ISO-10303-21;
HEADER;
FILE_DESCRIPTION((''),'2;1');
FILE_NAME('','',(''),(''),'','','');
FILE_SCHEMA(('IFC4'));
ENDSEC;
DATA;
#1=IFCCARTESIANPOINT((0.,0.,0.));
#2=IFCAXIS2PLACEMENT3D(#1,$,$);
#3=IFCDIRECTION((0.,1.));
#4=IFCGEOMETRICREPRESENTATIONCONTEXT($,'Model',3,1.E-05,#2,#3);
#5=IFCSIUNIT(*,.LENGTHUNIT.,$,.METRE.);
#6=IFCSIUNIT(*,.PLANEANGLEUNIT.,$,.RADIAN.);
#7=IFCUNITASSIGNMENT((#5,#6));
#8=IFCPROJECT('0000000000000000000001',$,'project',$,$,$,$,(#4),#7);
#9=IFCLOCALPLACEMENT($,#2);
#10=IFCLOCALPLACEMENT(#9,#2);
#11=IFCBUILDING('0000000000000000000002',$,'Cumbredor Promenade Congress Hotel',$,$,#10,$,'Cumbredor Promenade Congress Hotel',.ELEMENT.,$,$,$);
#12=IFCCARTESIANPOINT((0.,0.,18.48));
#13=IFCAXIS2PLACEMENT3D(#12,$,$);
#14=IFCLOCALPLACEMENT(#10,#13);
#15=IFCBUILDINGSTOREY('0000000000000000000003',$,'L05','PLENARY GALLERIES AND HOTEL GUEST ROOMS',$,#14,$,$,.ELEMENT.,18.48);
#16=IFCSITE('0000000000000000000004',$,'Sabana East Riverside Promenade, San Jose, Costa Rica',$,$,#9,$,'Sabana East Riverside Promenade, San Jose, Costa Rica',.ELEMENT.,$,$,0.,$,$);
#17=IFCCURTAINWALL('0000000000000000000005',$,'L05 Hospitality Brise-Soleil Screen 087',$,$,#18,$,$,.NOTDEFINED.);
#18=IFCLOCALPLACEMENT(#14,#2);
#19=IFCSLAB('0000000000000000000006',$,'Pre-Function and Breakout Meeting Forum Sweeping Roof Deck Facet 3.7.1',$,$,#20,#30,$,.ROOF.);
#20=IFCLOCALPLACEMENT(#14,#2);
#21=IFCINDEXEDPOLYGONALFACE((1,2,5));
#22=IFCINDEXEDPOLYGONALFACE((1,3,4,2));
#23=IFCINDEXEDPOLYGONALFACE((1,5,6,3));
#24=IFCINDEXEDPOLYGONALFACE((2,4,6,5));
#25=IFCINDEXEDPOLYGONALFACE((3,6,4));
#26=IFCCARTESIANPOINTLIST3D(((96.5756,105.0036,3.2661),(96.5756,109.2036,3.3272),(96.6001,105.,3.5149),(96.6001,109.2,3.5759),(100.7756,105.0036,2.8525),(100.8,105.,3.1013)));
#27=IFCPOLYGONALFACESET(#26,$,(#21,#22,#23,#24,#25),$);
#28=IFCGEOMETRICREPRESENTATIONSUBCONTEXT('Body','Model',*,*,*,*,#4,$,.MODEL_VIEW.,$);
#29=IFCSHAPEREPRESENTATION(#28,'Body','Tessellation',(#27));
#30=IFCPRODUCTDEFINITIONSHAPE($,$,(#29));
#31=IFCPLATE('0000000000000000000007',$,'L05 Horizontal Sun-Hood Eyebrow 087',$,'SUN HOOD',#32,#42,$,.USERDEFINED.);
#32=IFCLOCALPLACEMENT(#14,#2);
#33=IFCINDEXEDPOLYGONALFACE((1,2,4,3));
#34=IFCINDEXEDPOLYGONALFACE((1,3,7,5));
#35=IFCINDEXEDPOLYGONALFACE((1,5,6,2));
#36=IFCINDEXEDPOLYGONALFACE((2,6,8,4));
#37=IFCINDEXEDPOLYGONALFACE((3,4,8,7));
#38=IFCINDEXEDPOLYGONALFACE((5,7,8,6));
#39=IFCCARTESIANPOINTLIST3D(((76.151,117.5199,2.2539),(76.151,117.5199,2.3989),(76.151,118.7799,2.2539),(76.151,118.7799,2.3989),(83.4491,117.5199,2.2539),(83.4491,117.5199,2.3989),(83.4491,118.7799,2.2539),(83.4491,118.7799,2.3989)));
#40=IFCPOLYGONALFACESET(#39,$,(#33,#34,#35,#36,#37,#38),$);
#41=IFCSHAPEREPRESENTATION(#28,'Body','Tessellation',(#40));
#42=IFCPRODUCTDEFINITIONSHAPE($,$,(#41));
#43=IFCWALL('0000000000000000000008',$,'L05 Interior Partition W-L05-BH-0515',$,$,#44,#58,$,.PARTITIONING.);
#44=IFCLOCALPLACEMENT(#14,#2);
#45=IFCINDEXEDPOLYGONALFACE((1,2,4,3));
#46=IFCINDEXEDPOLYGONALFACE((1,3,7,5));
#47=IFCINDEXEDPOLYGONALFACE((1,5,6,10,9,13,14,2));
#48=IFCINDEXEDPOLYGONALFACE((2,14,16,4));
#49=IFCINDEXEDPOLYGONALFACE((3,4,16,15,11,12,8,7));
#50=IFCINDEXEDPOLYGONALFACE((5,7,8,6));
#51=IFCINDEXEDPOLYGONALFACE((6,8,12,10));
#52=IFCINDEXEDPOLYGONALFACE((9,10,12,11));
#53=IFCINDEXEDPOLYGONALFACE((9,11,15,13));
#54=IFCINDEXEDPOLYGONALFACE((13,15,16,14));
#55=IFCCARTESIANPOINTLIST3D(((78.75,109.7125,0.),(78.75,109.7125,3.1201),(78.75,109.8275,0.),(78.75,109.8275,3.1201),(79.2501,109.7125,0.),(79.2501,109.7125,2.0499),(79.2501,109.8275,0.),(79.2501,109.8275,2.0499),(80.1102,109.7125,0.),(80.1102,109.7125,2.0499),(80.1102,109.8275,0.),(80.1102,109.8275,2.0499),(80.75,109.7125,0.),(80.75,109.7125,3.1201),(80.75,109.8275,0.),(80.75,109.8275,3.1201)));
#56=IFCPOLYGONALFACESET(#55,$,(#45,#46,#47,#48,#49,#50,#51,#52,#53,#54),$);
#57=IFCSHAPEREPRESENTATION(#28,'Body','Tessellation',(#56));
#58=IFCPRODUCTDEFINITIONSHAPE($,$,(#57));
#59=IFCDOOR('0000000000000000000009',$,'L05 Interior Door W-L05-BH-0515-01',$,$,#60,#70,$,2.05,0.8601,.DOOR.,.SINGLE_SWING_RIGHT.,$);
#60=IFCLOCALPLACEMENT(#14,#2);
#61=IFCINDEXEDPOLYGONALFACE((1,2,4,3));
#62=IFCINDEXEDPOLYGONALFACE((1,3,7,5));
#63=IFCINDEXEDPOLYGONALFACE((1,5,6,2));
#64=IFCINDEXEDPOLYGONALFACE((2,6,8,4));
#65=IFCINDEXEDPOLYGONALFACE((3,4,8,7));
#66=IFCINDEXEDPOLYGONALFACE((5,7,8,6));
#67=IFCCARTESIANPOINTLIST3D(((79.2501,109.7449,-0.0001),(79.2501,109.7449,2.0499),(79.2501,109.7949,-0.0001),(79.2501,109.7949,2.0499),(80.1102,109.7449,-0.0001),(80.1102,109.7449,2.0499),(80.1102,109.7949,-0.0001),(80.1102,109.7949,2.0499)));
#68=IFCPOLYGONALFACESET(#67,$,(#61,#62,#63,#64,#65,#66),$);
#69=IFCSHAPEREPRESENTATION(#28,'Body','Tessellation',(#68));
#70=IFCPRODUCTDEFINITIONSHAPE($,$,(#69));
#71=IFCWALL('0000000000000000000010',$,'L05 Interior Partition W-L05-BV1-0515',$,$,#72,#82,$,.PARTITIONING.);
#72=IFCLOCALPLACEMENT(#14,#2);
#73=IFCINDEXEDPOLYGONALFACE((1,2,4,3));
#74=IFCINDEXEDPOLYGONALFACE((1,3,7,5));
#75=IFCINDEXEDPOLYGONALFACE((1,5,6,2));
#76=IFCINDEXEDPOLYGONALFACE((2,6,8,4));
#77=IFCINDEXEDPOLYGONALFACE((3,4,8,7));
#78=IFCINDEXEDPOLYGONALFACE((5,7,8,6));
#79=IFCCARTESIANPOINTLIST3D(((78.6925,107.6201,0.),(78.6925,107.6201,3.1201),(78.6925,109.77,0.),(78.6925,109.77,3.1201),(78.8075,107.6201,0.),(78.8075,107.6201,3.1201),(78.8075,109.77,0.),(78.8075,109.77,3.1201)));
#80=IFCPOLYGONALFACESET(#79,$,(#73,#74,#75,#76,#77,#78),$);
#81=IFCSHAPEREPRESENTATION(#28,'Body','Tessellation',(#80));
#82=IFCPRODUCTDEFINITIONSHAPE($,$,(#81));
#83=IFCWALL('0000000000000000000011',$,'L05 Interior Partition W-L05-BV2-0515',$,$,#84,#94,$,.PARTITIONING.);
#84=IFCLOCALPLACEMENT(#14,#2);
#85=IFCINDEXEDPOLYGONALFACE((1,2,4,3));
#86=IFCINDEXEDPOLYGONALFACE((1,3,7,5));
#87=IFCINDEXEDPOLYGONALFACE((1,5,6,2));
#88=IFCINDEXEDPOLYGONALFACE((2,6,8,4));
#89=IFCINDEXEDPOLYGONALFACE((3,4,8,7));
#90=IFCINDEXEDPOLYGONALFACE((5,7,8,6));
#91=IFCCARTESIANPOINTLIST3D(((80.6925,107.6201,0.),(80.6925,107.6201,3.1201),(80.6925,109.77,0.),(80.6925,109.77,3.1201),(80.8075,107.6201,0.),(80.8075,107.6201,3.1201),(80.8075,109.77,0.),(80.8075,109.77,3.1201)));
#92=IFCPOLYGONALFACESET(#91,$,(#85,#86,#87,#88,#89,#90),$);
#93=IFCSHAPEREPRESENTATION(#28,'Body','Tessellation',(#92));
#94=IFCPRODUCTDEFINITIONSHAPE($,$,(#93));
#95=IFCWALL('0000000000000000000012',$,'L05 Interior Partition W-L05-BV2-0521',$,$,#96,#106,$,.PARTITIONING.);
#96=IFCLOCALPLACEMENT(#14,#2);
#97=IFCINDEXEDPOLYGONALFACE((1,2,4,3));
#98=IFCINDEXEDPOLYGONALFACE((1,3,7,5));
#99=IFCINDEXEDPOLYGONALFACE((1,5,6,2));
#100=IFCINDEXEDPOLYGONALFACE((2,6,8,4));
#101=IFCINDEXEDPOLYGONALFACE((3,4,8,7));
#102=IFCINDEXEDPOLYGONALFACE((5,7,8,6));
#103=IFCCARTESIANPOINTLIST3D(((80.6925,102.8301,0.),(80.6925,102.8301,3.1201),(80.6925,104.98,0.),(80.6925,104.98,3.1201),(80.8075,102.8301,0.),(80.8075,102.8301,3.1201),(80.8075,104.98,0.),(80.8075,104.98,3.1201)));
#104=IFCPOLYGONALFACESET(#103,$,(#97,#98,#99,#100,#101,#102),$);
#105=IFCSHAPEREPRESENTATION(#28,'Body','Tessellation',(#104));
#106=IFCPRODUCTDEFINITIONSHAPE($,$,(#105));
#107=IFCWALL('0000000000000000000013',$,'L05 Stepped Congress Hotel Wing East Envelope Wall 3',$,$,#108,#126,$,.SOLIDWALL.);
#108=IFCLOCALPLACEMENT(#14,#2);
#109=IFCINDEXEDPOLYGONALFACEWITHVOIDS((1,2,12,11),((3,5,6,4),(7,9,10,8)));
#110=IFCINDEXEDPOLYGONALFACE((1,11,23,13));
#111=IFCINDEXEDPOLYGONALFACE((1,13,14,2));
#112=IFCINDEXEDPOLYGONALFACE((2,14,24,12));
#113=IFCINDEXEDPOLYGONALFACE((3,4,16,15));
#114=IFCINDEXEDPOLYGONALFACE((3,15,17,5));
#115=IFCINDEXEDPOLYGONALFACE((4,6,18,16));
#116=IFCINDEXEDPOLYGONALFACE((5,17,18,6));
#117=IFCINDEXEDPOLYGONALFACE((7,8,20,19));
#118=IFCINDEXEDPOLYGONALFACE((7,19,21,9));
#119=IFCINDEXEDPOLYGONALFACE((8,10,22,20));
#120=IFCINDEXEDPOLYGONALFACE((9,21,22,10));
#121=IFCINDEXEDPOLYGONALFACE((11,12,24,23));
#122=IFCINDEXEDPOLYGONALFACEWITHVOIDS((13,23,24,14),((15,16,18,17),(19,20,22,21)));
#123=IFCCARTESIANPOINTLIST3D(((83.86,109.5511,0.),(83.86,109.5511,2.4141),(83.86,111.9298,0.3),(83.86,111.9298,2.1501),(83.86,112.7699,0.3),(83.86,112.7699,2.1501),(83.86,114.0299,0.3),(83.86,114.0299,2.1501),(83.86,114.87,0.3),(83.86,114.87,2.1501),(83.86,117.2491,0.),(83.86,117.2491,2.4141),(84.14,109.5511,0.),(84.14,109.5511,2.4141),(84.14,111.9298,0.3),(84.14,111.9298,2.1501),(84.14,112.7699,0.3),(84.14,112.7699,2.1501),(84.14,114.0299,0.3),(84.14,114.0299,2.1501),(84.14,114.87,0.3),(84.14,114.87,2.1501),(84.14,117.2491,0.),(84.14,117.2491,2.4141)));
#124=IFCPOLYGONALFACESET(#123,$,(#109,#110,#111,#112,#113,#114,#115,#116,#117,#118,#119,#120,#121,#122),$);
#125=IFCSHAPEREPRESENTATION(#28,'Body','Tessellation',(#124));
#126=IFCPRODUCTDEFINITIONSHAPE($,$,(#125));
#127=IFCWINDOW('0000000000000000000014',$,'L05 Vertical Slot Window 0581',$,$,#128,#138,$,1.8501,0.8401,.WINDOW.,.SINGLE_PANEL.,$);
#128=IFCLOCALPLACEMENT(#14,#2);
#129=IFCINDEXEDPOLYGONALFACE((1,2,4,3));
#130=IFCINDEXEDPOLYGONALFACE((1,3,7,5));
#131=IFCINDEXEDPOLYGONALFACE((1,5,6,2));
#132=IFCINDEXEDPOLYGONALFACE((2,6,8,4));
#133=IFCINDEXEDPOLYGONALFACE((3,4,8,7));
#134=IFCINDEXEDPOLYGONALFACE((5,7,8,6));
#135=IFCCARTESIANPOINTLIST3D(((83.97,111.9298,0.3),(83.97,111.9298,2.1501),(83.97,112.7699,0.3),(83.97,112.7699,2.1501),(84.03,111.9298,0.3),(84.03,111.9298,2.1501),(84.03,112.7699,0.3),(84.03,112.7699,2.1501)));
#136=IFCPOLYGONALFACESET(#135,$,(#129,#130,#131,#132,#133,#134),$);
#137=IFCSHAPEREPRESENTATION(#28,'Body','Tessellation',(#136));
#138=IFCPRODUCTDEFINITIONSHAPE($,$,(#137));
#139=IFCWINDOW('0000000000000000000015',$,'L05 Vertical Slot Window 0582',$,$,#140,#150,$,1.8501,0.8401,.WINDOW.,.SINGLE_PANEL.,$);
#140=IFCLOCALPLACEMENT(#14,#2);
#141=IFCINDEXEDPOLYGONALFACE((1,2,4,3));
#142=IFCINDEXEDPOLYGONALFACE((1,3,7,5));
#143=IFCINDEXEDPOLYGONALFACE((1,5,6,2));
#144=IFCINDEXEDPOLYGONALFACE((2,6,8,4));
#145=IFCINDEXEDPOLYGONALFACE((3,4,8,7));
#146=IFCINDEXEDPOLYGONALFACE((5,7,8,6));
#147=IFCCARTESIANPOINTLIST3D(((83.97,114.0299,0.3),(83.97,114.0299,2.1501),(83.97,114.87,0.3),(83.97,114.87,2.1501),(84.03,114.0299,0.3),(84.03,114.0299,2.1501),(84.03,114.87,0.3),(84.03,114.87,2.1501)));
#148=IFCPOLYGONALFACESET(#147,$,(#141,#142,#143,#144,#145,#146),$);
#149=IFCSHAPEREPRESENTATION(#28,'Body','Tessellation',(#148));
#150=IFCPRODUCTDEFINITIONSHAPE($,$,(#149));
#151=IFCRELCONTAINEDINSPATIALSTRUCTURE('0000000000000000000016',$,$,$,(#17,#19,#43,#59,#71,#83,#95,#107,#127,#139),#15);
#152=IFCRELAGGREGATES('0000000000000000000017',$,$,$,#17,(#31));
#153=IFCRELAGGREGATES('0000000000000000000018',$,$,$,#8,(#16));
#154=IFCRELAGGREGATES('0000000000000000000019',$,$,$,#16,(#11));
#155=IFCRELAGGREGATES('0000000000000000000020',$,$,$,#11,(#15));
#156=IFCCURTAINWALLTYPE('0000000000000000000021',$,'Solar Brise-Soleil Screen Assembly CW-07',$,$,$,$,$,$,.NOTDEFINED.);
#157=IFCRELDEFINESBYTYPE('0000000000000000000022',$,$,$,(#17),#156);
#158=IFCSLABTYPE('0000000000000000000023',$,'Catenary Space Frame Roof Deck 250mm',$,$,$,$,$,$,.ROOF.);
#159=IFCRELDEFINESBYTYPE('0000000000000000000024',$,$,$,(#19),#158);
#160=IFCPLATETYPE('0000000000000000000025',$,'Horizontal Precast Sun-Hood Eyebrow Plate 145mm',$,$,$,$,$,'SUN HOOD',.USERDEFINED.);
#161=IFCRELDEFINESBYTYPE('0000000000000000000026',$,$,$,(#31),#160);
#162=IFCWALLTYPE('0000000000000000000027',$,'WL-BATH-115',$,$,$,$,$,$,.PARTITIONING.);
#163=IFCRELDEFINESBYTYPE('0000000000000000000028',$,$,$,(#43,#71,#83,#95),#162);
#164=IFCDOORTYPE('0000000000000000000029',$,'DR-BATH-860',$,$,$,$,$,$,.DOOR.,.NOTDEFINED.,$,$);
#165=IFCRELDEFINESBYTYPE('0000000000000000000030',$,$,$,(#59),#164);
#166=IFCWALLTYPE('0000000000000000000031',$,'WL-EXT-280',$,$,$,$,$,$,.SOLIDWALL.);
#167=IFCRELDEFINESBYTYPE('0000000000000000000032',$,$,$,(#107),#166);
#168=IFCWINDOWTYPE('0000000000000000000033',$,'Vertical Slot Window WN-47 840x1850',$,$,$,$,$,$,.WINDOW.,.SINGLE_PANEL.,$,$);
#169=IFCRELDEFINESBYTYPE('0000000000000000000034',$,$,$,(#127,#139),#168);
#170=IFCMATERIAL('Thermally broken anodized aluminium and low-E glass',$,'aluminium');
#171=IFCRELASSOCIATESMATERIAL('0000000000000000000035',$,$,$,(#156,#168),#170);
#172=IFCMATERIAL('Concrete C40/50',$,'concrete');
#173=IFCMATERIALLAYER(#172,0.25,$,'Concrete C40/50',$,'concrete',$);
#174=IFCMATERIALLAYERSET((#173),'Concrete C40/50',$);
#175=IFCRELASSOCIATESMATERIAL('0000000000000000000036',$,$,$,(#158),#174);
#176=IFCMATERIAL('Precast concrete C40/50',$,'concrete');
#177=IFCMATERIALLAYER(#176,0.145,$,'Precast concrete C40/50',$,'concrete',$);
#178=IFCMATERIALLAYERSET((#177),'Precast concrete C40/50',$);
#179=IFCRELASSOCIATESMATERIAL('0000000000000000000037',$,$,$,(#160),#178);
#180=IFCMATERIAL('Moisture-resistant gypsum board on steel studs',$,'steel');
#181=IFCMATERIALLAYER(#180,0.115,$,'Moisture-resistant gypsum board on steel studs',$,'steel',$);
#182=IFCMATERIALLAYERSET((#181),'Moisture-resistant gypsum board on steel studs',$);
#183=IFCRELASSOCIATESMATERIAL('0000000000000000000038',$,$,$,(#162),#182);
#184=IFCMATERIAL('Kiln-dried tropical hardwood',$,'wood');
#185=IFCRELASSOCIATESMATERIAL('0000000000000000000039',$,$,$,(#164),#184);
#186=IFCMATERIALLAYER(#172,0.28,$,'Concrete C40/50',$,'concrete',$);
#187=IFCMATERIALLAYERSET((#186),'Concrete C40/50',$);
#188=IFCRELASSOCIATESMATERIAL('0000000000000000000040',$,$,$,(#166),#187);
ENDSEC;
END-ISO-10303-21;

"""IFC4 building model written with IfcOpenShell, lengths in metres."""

from ifc_helpers import new_model, si_unit, direction, frame, frame_2d, origin, origin_2d, place, context, subcontext, project, spatial, polyline, rectangle, outline, extrude, material, layer, layer_set, type_object, element, fill, aggregate, save


model = new_model("IFC4")

# Units and contexts
model_context = context("Model", 3, precision=1e-05, world=origin(), true_north=direction((0.0, 1.0)))
body_context = subcontext(model_context, "Body", "Model", "MODEL_VIEW")
ifc_project = project(units=[si_unit("LENGTHUNIT", "METRE"), si_unit("PLANEANGLEUNIT", "RADIAN")], contexts=[model_context])

# Site, building, storey
site_placement = place(None, origin())
site = spatial("IfcSite", under=ifc_project, at=site_placement, Name="Sabana East Riverside Promenade, San Jose, Costa Rica", LongName="Sabana East Riverside Promenade, San Jose, Costa Rica", CompositionType="ELEMENT", RefElevation=0.0)
building_placement = place(site_placement, origin())
building = spatial("IfcBuilding", under=site, at=building_placement, Name="Cumbredor Promenade Congress Hotel", LongName="Cumbredor Promenade Congress Hotel", CompositionType="ELEMENT")
storey_placement = place(building_placement, frame((0.0, 0.0, 18.48)))
storey = spatial("IfcBuildingStorey", under=building, at=storey_placement, Name="L05", Description="PLENARY GALLERIES AND HOTEL GUEST ROOMS", CompositionType="ELEMENT", Elevation=18.48)

# Shared definitions
ifc_material_1 = material(Name="Concrete C40/50", Category="concrete")

# Shared definitions
ifc_material_2 = material(Name="Thermally broken anodized aluminium and low-E glass", Category="aluminium")
curtain_wall_type = type_object("IfcCurtainWallType", Name="Solar Brise-Soleil Screen Assembly CW-07", PredefinedType="NOTDEFINED", material=ifc_material_2)

# Curtain wall
curtain_wall_1_placement = place(storey_placement, origin())
curtain_wall_1 = element("IfcCurtainWall", 1, at=curtain_wall_1_placement, inside=storey, type_object=curtain_wall_type, Name="L05 Hospitality Brise-Soleil Screen 087", PredefinedType="NOTDEFINED")

# Shared definitions
ifc_material_3 = material(Name="Kiln-dried tropical hardwood", Category="wood")

# Slab
ifc_layer_1 = layer(ifc_material_1, 0.25, Name="Concrete C40/50", Category="concrete")
ifc_layer_set_1 = layer_set([ifc_layer_1], Name="Concrete C40/50")
slab_type = type_object("IfcSlabType", Name="Catenary Space Frame Roof Deck 250mm", PredefinedType="ROOF", material=ifc_layer_set_1)
slab_placement = place(storey_placement, frame((96.6001, 105.0, 3.5149), z_axis=(0.097987, -0.014461, 0.995083), x_axis=(0.995187, 0.0, -0.097997)))
element("IfcSlab", 2, at=slab_placement, inside=storey, type_object=slab_type, Name="Pre-Function and Breakout Meeting Forum Sweeping Roof Deck Facet 3.7.1", PredefinedType="ROOF", context=body_context, shape_type="SweptSolid", body=[
    extrude(outline(polyline([(0.0, 0.0), (4.2203, 0.0), (-0.006, 4.2004), (0.0, 0.0)])), origin(), (0.0, 0.0, -1.0), 0.25),
])

# Plate
ifc_material_4 = material(Name="Precast concrete C40/50", Category="concrete")
ifc_layer_2 = layer(ifc_material_4, 0.145, Name="Precast concrete C40/50", Category="concrete")
ifc_layer_set_2 = layer_set([ifc_layer_2], Name="Precast concrete C40/50")
plate_type = type_object("IfcPlateType", Name="Horizontal Precast Sun-Hood Eyebrow Plate 145mm", ElementType="SUN HOOD", PredefinedType="USERDEFINED", material=ifc_layer_set_2)
plate_placement = place(storey_placement, frame((79.8, 118.1499, 2.2539), z_axis=(0.0, 0.0, 1.0), x_axis=(1.0, 0.0, 0.0)))
plate = element("IfcPlate", 3, at=plate_placement, type_object=plate_type, Name="L05 Horizontal Sun-Hood Eyebrow 087", ObjectType="SUN HOOD", PredefinedType="USERDEFINED", context=body_context, shape_type="SweptSolid", body=[
    extrude(rectangle(XDim=7.2981, YDim=1.26, at=origin_2d()), origin(), (0.0, 0.0, 1.0), 0.145),
])
aggregate(curtain_wall_1, [plate])

# Wall, opening, door
ifc_material_5 = material(Name="Moisture-resistant gypsum board on steel studs", Category="steel")
ifc_layer_3 = layer(ifc_material_5, 0.115, Name="Moisture-resistant gypsum board on steel studs", Category="steel")
ifc_layer_set_3 = layer_set([ifc_layer_3], Name="Moisture-resistant gypsum board on steel studs")
wall_type_1 = type_object("IfcWallType", Name="WL-BATH-115", PredefinedType="PARTITIONING", material=ifc_layer_set_3)
wall_1_placement = place(storey_placement, frame((78.75, 109.77, 0.0), z_axis=(0.0, 0.0, 1.0), x_axis=(1.0, 0.0, 0.0)))
wall_1 = element("IfcWall", 4, at=wall_1_placement, inside=storey, type_object=wall_type_1, Name="L05 Interior Partition W-L05-BH-0515", PredefinedType="PARTITIONING", context=body_context, shape_type="SweptSolid", body=[
    extrude(rectangle(XDim=2.0, YDim=0.115, at=frame_2d((1.0, 0.0))), origin(), (0.0, 0.0, 1.0), 3.1201),
])
opening_1_placement = place(wall_1_placement, frame((0.5, 0.0, 0.0)))
opening_1 = element("IfcOpeningElement", 5, at=opening_1_placement, cuts=wall_1, PredefinedType="OPENING", context=body_context, shape_type="SweptSolid", body=[
    extrude(rectangle(XDim=0.8601, YDim=2.05, at=frame_2d((0.4302, 1.0249))), frame((0.0, 0.0674, 0.0), z_axis=(0.0, -1.0, 0.0), x_axis=(1.0, 0.0, 0.0)), (0.0, 0.0, 1.0), 0.135),
])
door_type = type_object("IfcDoorType", Name="DR-BATH-860", OperationType="NOTDEFINED", PredefinedType="DOOR", material=ifc_material_3)
door_placement = place(opening_1_placement, origin())
door = element("IfcDoor", 6, at=door_placement, inside=storey, type_object=door_type, Name="L05 Interior Door W-L05-BH-0515-01", OperationType="SINGLE_SWING_RIGHT", OverallHeight=2.05, OverallWidth=0.8601, PredefinedType="DOOR", context=body_context, shape_type="SweptSolid", body=[
    extrude(rectangle(XDim=0.8601, YDim=2.05, at=frame_2d((0.4302, 1.0249))), frame((0.0, 0.0249, 0.0), z_axis=(0.0, -1.0, 0.0), x_axis=(1.0, 0.0, 0.0)), (0.0, 0.0, 1.0), 0.05),
])
fill(opening_1, door)

# Walls
for number, where, z_axis, x_axis, name in (
    (7, (78.75, 107.6201, 0.0), (0.0, 0.0, 1.0), (0.0, 1.0, 0.0), "L05 Interior Partition W-L05-BV1-0515"),
    (8, (80.75, 107.6201, 0.0), (0.0, 0.0, 1.0), (0.0, 1.0, 0.0), "L05 Interior Partition W-L05-BV2-0515"),
    (9, (80.75, 102.8301, 0.0), (0.0, 0.0, 1.0), (0.0, 1.0, 0.0), "L05 Interior Partition W-L05-BV2-0521"),
):
    element("IfcWall", number, at=place(storey_placement, frame(where, z_axis=z_axis, x_axis=x_axis)), inside=storey, type_object=wall_type_1, Name=name, PredefinedType="PARTITIONING", context=body_context, shape_type="SweptSolid", body=[
        extrude(rectangle(XDim=2.1499, YDim=0.115, at=frame_2d((1.075, 0.0))), origin(), (0.0, 0.0, 1.0), 3.1201),
    ])

# Wall, openings, windows
ifc_layer_4 = layer(ifc_material_1, 0.28, Name="Concrete C40/50", Category="concrete")
ifc_layer_set_4 = layer_set([ifc_layer_4], Name="Concrete C40/50")
wall_type_2 = type_object("IfcWallType", Name="WL-EXT-280", PredefinedType="SOLIDWALL", material=ifc_layer_set_4)
wall_2_placement = place(storey_placement, frame((84.0, 109.551, 0.0), z_axis=(0.0, 0.0, 1.0), x_axis=(0.0, 1.0, 0.0)))
wall_2 = element("IfcWall", 10, at=wall_2_placement, inside=storey, type_object=wall_type_2, Name="L05 Stepped Congress Hotel Wing East Envelope Wall 3", PredefinedType="SOLIDWALL", context=body_context, shape_type="SweptSolid", body=[
    extrude(rectangle(XDim=7.698, YDim=0.28, at=frame_2d((3.8491, 0.0))), origin(), (0.0, 0.0, 1.0), 2.4141),
])
opening_2_placement = place(wall_2_placement, frame((2.3789, 0.0, 0.3)))
opening_2 = element("IfcOpeningElement", 11, at=opening_2_placement, cuts=wall_2, PredefinedType="OPENING", context=body_context, shape_type="SweptSolid", body=[
    extrude(rectangle(XDim=0.8401, YDim=1.8501, at=frame_2d((0.4199, 0.925))), frame((0.0, 0.1499, 0.0), z_axis=(0.0, -1.0, 0.0), x_axis=(1.0, 0.0, 0.0)), (0.0, 0.0, 1.0), 0.3),
])
opening_3_placement = place(wall_2_placement, frame((4.479, 0.0, 0.3)))
opening_3 = element("IfcOpeningElement", 12, at=opening_3_placement, cuts=wall_2, PredefinedType="OPENING", context=body_context, shape_type="SweptSolid", body=[
    extrude(rectangle(XDim=0.8401, YDim=1.8501, at=frame_2d((0.4199, 0.925))), frame((0.0, 0.1499, 0.0), z_axis=(0.0, -1.0, 0.0), x_axis=(1.0, 0.0, 0.0)), (0.0, 0.0, 1.0), 0.3),
])
window_type = type_object("IfcWindowType", Name="Vertical Slot Window WN-47 840x1850", PartitioningType="SINGLE_PANEL", PredefinedType="WINDOW", material=ifc_material_2)
window_1_placement = place(opening_2_placement, origin())
window_1 = element("IfcWindow", 13, at=window_1_placement, inside=storey, type_object=window_type, Name="L05 Vertical Slot Window 0581", OverallHeight=1.8501, OverallWidth=0.8401, PartitioningType="SINGLE_PANEL", PredefinedType="WINDOW", context=body_context, shape_type="SweptSolid", body=[
    extrude(rectangle(XDim=0.8401, YDim=1.8501, at=frame_2d((0.4199, 0.925))), frame((0.0, 0.03, 0.0), z_axis=(0.0, -1.0, 0.0), x_axis=(1.0, 0.0, 0.0)), (0.0, 0.0, 1.0), 0.0601),
])
fill(opening_2, window_1)
window_2_placement = place(opening_3_placement, origin())
window_2 = element("IfcWindow", 14, at=window_2_placement, inside=storey, type_object=window_type, Name="L05 Vertical Slot Window 0582", OverallHeight=1.8501, OverallWidth=0.8401, PartitioningType="SINGLE_PANEL", PredefinedType="WINDOW", context=body_context, shape_type="SweptSolid", body=[
    extrude(rectangle(XDim=0.8401, YDim=1.8501, at=frame_2d((0.4199, 0.925))), frame((0.0, 0.03, 0.0), z_axis=(0.0, -1.0, 0.0), x_axis=(1.0, 0.0, 0.0)), (0.0, 0.0, 1.0), 0.0601),
])
fill(opening_3, window_2)

save(model, "model.ifc")
